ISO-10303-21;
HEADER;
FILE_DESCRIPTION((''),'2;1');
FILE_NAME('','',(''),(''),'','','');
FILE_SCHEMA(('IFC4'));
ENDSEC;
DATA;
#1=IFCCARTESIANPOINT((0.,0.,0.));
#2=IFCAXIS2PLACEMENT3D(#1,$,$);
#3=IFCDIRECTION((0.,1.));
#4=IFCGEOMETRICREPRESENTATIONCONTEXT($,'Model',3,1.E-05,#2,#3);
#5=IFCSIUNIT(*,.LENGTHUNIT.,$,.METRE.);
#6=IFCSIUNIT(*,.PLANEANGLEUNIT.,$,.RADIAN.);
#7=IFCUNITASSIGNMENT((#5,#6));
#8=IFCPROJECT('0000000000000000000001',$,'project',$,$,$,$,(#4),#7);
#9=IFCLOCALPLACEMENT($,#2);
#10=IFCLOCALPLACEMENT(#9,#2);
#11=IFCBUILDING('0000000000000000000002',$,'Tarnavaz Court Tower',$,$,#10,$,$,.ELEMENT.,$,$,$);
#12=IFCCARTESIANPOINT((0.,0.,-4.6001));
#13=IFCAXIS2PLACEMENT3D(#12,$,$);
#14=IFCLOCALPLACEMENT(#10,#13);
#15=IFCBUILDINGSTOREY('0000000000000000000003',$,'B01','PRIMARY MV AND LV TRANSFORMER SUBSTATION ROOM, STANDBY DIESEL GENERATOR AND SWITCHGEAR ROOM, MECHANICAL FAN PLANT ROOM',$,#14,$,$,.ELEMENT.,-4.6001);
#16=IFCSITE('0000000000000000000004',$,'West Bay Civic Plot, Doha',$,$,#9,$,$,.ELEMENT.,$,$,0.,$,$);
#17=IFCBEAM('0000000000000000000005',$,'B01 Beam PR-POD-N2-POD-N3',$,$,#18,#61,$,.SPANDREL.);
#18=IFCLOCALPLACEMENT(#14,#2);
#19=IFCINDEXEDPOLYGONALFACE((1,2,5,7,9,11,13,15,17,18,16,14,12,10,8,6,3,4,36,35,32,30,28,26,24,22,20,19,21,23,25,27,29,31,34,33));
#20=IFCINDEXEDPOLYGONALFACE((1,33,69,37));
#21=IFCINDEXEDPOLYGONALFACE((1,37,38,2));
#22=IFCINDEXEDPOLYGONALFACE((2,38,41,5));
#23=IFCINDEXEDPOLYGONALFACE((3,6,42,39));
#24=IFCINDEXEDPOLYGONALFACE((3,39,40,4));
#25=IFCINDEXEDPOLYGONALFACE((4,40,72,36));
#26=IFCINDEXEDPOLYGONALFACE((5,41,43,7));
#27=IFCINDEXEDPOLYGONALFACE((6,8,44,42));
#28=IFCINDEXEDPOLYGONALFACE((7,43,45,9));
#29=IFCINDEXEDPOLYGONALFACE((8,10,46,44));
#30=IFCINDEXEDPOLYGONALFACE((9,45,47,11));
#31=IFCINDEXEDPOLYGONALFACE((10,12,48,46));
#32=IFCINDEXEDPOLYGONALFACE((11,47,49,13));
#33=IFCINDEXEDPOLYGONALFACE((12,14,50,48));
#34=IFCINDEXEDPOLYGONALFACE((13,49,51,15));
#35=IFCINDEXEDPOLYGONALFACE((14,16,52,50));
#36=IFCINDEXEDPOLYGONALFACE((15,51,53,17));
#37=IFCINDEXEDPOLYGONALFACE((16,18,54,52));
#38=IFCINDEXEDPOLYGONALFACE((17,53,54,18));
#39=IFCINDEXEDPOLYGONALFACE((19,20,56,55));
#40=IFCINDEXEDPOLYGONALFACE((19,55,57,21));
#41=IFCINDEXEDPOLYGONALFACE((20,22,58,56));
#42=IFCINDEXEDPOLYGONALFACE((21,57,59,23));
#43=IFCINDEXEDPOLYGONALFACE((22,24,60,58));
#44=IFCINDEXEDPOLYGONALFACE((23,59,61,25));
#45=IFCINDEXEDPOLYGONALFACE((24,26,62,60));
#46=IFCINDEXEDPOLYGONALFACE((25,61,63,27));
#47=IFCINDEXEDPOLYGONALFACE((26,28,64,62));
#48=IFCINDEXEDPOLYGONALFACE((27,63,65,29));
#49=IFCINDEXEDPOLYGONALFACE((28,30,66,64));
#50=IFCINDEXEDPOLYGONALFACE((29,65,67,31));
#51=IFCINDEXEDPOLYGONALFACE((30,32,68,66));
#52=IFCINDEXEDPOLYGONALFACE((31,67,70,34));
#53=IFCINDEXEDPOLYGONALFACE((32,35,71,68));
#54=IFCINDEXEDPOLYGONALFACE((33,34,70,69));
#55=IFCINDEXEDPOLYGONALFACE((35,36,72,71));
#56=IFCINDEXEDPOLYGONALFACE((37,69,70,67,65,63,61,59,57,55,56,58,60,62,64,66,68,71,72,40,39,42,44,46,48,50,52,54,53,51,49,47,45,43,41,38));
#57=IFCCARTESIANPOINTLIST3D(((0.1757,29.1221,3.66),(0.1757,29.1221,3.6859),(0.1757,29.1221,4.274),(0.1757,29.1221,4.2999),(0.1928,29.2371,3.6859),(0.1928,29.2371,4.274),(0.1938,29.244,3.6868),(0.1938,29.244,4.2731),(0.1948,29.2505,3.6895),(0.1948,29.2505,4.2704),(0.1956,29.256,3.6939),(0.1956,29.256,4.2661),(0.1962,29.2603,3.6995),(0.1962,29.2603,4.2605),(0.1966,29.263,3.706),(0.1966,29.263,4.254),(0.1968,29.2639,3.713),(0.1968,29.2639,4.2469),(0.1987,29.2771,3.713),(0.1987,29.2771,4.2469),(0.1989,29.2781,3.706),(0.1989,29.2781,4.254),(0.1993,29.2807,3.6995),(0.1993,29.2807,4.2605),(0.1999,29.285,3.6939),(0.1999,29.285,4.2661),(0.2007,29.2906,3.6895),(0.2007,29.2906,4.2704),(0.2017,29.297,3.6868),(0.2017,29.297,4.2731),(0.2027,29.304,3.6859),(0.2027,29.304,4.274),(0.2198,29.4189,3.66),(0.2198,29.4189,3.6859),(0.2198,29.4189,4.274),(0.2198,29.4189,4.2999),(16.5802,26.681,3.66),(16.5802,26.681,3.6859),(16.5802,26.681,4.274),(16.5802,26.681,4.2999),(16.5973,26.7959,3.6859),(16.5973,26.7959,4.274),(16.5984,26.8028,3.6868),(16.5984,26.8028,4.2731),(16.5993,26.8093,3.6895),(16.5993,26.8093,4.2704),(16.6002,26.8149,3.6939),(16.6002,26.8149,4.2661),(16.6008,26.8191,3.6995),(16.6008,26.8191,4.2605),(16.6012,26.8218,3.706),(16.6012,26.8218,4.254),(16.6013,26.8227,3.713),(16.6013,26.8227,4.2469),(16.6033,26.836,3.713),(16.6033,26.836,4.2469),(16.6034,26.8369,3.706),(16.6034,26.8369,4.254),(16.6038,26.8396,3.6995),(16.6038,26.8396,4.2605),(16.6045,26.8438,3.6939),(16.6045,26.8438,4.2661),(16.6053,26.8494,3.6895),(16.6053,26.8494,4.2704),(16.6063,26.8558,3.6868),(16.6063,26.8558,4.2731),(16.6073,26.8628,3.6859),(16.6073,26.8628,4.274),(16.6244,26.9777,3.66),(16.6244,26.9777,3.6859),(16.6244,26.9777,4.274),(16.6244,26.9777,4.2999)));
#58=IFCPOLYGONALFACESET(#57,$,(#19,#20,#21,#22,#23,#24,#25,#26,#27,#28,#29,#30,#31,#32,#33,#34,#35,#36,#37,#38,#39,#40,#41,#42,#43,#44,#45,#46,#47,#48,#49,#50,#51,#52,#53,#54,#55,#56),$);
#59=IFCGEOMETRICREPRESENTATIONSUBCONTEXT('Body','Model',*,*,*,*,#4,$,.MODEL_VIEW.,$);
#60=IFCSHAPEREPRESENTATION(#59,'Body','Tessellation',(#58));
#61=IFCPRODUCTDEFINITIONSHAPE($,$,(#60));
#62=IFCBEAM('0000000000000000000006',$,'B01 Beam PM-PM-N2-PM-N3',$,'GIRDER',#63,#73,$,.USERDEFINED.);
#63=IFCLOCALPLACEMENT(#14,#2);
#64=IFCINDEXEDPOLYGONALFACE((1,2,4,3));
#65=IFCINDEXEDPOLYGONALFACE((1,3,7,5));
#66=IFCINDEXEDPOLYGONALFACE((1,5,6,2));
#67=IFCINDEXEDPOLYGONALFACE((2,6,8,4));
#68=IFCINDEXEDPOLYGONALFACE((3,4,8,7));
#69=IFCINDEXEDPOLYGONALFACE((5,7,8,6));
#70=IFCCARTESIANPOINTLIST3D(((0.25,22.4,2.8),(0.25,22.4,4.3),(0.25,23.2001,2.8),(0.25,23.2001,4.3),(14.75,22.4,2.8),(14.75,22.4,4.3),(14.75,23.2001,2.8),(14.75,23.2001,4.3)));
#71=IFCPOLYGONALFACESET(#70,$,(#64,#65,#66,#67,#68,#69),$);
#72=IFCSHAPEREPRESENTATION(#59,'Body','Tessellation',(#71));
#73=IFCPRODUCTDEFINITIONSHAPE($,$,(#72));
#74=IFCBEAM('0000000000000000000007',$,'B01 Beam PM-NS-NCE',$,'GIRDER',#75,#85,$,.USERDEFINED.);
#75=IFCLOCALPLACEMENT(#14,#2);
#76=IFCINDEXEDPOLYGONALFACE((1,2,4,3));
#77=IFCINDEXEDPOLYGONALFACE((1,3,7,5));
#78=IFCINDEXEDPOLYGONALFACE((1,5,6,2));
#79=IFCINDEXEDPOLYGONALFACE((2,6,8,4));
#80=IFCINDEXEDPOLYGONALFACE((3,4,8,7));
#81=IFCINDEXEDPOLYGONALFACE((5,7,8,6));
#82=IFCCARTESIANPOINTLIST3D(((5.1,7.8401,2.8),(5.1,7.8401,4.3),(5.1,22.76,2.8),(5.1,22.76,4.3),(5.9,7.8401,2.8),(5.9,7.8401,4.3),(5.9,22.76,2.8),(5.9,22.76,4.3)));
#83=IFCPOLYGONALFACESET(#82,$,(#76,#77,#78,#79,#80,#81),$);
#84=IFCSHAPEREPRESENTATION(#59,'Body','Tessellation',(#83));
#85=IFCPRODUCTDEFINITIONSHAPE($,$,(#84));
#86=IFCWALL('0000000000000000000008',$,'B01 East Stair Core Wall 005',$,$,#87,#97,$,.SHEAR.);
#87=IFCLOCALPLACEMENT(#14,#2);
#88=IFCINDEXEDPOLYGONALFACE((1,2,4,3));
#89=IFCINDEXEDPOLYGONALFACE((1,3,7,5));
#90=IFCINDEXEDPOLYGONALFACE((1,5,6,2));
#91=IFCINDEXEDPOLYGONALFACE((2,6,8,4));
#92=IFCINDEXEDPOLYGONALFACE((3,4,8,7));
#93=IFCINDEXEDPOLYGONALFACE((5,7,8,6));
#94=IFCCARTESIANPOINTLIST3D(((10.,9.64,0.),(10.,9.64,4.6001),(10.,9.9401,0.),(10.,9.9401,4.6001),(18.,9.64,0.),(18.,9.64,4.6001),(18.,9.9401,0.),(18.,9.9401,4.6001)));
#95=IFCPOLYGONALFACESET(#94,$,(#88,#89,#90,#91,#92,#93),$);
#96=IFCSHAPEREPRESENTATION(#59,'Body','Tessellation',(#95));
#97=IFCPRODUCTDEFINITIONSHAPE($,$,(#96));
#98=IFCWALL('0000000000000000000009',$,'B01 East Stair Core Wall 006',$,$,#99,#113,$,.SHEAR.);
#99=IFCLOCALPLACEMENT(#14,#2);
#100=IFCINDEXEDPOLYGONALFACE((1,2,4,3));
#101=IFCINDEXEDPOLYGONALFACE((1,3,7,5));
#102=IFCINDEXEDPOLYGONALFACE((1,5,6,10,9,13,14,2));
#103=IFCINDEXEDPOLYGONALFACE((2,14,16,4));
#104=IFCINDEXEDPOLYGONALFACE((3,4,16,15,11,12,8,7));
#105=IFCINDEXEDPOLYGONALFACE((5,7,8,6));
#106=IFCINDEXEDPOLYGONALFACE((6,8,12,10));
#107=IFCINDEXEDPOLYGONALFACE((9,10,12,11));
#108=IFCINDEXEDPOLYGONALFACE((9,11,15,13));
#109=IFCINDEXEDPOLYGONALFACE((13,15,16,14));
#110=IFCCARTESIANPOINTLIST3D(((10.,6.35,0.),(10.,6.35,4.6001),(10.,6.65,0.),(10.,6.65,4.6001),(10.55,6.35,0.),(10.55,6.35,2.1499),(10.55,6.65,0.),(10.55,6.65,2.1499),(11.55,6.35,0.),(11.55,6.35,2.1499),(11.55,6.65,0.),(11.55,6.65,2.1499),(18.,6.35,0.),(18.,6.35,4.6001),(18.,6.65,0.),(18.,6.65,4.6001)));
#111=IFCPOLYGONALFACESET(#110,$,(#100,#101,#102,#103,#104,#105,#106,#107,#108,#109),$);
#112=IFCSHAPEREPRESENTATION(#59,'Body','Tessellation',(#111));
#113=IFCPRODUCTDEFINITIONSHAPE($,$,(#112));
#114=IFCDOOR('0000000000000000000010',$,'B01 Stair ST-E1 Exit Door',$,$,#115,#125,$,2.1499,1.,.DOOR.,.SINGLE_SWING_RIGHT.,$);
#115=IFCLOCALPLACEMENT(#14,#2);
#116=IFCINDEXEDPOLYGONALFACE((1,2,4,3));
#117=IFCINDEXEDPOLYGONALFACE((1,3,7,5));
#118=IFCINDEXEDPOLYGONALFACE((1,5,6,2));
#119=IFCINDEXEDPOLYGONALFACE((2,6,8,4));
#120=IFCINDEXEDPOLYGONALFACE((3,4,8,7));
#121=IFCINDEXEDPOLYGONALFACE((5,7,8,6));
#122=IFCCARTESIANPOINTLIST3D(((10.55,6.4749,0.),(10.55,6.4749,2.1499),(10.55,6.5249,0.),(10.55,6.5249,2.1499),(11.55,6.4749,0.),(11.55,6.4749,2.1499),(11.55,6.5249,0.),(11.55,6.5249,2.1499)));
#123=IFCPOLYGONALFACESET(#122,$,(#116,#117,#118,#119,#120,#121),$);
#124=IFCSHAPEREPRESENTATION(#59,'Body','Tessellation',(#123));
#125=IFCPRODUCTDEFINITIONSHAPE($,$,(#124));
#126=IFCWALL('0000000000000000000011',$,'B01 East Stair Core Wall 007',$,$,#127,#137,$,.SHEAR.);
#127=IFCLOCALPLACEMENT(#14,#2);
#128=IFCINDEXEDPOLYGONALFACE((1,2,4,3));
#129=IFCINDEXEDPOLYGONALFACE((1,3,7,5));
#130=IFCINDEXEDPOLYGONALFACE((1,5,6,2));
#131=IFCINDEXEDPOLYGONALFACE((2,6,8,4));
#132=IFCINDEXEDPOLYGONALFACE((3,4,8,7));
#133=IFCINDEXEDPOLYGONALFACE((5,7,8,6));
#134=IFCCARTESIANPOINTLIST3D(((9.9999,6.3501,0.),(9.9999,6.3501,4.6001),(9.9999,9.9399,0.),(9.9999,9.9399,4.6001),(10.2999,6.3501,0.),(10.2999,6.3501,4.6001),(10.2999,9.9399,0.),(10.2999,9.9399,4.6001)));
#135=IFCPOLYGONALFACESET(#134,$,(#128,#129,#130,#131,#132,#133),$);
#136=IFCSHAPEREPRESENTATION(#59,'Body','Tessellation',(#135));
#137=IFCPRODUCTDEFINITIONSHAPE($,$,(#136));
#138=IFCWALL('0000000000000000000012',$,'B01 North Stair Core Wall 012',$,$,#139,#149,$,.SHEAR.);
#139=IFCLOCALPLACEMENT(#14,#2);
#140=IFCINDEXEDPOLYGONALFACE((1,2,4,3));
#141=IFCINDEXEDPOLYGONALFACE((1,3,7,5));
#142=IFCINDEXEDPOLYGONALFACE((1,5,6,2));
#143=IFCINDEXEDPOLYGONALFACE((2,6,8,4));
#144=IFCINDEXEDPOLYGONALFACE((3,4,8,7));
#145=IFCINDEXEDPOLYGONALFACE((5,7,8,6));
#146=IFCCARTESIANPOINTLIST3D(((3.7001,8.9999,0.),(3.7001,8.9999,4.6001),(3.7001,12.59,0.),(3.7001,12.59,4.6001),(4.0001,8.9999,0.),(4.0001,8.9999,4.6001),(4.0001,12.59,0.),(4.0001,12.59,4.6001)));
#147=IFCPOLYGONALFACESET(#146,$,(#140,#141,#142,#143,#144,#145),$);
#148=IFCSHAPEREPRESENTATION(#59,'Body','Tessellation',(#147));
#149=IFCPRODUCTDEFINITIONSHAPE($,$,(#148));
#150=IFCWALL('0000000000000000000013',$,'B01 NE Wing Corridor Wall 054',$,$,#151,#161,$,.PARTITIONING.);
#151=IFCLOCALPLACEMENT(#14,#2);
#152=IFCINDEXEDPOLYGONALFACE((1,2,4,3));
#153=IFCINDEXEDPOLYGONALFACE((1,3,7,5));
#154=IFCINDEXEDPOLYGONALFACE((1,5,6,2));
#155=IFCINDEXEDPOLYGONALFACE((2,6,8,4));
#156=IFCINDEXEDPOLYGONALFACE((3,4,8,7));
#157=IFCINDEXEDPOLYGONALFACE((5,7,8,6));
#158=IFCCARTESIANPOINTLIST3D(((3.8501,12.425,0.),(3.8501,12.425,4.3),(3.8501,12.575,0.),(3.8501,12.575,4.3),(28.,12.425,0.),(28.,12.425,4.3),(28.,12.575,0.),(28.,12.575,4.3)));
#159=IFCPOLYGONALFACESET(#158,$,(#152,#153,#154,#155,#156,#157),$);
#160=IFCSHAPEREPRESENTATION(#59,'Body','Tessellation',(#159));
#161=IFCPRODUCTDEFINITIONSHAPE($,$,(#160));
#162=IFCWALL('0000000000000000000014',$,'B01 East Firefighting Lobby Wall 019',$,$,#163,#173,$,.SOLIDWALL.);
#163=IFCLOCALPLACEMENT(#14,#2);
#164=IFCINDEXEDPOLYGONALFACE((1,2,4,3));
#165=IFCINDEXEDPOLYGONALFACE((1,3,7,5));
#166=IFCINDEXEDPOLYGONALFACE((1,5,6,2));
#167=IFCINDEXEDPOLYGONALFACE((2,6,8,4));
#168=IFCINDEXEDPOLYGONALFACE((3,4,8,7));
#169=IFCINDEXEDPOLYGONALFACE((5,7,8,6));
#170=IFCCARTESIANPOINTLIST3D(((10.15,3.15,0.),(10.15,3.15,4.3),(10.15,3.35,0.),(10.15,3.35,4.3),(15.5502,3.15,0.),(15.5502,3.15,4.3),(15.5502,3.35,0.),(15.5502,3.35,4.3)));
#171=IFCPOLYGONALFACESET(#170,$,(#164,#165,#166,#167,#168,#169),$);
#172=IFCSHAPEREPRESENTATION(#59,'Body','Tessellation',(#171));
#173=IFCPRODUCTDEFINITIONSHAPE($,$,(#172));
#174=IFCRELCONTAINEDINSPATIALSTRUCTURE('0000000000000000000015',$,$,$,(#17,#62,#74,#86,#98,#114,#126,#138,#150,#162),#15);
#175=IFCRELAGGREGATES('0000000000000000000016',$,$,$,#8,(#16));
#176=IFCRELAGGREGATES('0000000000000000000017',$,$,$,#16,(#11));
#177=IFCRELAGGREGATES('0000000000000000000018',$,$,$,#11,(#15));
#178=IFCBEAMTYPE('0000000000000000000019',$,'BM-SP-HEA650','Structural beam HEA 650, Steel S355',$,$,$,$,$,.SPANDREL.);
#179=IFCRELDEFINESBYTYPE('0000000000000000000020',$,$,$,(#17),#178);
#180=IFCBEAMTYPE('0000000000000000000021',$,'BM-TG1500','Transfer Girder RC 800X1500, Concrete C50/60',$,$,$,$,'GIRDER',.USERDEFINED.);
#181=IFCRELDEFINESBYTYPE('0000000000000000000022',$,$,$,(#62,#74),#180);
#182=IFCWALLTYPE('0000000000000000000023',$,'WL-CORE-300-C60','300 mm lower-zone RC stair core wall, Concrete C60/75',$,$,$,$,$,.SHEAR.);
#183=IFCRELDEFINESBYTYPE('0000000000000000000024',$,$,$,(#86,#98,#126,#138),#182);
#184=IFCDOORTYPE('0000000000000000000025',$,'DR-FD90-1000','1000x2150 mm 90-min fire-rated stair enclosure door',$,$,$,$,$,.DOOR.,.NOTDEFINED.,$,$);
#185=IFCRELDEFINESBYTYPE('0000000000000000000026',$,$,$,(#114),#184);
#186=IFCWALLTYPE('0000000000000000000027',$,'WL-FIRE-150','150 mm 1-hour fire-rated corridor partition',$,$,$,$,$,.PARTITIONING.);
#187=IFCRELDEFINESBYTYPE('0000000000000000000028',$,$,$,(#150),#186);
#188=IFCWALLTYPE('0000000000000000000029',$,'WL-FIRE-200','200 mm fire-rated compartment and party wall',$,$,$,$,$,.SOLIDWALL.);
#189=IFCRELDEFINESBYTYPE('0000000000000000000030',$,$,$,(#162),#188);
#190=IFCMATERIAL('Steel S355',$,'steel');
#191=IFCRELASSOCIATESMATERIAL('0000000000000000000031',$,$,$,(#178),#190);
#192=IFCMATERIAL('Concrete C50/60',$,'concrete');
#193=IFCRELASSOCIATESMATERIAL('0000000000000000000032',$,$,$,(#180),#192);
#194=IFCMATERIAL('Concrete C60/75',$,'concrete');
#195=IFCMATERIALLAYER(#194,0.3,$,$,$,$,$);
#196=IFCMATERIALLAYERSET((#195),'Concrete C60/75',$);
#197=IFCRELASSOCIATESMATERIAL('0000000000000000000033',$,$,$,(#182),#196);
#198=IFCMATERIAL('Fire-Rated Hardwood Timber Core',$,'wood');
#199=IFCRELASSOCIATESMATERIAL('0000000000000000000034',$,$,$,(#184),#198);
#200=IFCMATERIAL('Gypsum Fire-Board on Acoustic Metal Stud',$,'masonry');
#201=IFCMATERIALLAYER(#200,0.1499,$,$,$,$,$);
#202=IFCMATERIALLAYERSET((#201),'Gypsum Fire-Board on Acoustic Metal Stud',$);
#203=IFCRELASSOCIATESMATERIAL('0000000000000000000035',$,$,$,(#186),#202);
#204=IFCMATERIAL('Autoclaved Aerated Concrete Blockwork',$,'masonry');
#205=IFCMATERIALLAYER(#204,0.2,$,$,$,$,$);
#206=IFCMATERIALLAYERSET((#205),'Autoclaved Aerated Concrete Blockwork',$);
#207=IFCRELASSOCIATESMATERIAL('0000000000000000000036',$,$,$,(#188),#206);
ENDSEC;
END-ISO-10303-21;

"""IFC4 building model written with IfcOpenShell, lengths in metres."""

from ifc_helpers import new_model, si_unit, direction, frame, frame_2d, origin, origin_2d, place, context, subcontext, project, spatial, rectangle, i_section, extrude, material, layer, layer_set, material_profile, profile_set, type_object, element, fill, save


model = new_model("IFC4")

# Units and contexts
model_context = context("Model", 3, precision=1e-05, world=origin(), true_north=direction((0.0, 1.0)))
body_context = subcontext(model_context, "Body", "Model", "MODEL_VIEW")
ifc_project = project(units=[si_unit("LENGTHUNIT", "METRE"), si_unit("PLANEANGLEUNIT", "RADIAN")], contexts=[model_context])

# Site, building, storey
site_placement = place(None, origin())
site = spatial("IfcSite", under=ifc_project, at=site_placement, Name="West Bay Civic Plot, Doha", CompositionType="ELEMENT", RefElevation=0.0)
building_placement = place(site_placement, origin())
building = spatial("IfcBuilding", under=site, at=building_placement, Name="Tarnavaz Court Tower", CompositionType="ELEMENT")
storey_placement = place(building_placement, frame((0.0, 0.0, -4.6001)))
storey = spatial("IfcBuildingStorey", under=building, at=storey_placement, Name="B01", Description="PRIMARY MV AND LV TRANSFORMER SUBSTATION ROOM, STANDBY DIESEL GENERATOR AND SWITCHGEAR ROOM, MECHANICAL FAN PLANT ROOM", CompositionType="ELEMENT", Elevation=-4.6001)

# Shared definitions
ifc_material_1 = material(Name="Concrete C60/75", Category="concrete")
ifc_material_2 = material(Name="Concrete C50/60", Category="concrete")

# Beams
ifc_material_3 = material(Name="Steel S355", Category="steel")
ifc_material_profile_1 = material_profile(ifc_material_3, i_section(OverallWidth=0.3, OverallDepth=0.6399, WebThickness=0.0134, FlangeThickness=0.0259, FilletRadius=0.0271, at=origin_2d()), Name="HEA 650")
ifc_profile_set_1 = profile_set([ifc_material_profile_1], Name="Steel S355")
beam_type_1 = type_object("IfcBeamType", Name="BM-SP-HEA650", Description="Structural beam HEA 650, Steel S355", PredefinedType="SPANDREL", material=ifc_profile_set_1)
beam_1_placement = place(storey_placement, frame((0.1978, 29.2705, 3.98), z_axis=(0.989108, -0.147189, 0.0), x_axis=(0.147189, 0.989108, 0.0)))
element("IfcBeam", 1, at=beam_1_placement, inside=storey, type_object=beam_type_1, Name="B01 Beam PR-POD-N2-POD-N3", PredefinedType="SPANDREL", context=body_context, shape_type="SweptSolid", body=[
    extrude(i_section(OverallWidth=0.3, OverallDepth=0.6399, WebThickness=0.0134, FlangeThickness=0.0259, FilletRadius=0.0271, at=origin_2d()), origin(), (0.0, 0.0, 1.0), 16.5852),
])
ifc_material_profile_2 = material_profile(ifc_material_2, rectangle(XDim=0.8, YDim=1.5, at=origin_2d()), Name="RC 800X1500")
ifc_profile_set_2 = profile_set([ifc_material_profile_2], Name="Concrete C50/60")
beam_type_2 = type_object("IfcBeamType", Name="BM-TG1500", Description="Transfer Girder RC 800X1500, Concrete C50/60", ElementType="GIRDER", PredefinedType="USERDEFINED", material=ifc_profile_set_2)
beam_2_placement = place(storey_placement, frame((0.25, 22.8, 3.55), z_axis=(1.0, 0.0, 0.0), x_axis=(0.0, 1.0, 0.0)))
element("IfcBeam", 2, at=beam_2_placement, inside=storey, type_object=beam_type_2, Name="B01 Beam PM-PM-N2-PM-N3", ObjectType="GIRDER", PredefinedType="USERDEFINED", context=body_context, shape_type="SweptSolid", body=[
    extrude(rectangle(XDim=0.8, YDim=1.5, at=origin_2d()), origin(), (0.0, 0.0, 1.0), 14.5),
])
beam_3_placement = place(storey_placement, frame((5.5, 7.8401, 3.55), z_axis=(0.0, 1.0, 0.0), x_axis=(-1.0, 0.0, 0.0)))
element("IfcBeam", 3, at=beam_3_placement, inside=storey, type_object=beam_type_2, Name="B01 Beam PM-NS-NCE", ObjectType="GIRDER", PredefinedType="USERDEFINED", context=body_context, shape_type="SweptSolid", body=[
    extrude(rectangle(XDim=0.8, YDim=1.5, at=origin_2d()), origin(), (0.0, 0.0, 1.0), 14.9199),
])

# Wall
ifc_layer_1 = layer(ifc_material_1, 0.3)
ifc_layer_set_1 = layer_set([ifc_layer_1], Name="Concrete C60/75")
wall_type_1 = type_object("IfcWallType", Name="WL-CORE-300-C60", Description="300 mm lower-zone RC stair core wall, Concrete C60/75", PredefinedType="SHEAR", material=ifc_layer_set_1)
wall_1_placement = place(storey_placement, frame((10.0, 9.79, 0.0), z_axis=(0.0, 0.0, 1.0), x_axis=(1.0, 0.0, 0.0)))
element("IfcWall", 4, at=wall_1_placement, inside=storey, type_object=wall_type_1, Name="B01 East Stair Core Wall 005", PredefinedType="SHEAR", context=body_context, shape_type="SweptSolid", body=[
    extrude(rectangle(XDim=8.0, YDim=0.3, at=frame_2d((4.0, 0.0))), origin(), (0.0, 0.0, 1.0), 4.6001),
])

# Wall, opening, door
wall_2_placement = place(storey_placement, frame((10.0, 6.5, 0.0), z_axis=(0.0, 0.0, 1.0), x_axis=(1.0, 0.0, 0.0)))
wall_2 = element("IfcWall", 5, at=wall_2_placement, inside=storey, type_object=wall_type_1, Name="B01 East Stair Core Wall 006", PredefinedType="SHEAR", context=body_context, shape_type="SweptSolid", body=[
    extrude(rectangle(XDim=8.0, YDim=0.3, at=frame_2d((4.0, 0.0))), origin(), (0.0, 0.0, 1.0), 4.6001),
])
opening_1_placement = place(wall_2_placement, frame((0.55, 0.0, 0.0)))
opening_1 = element("IfcOpeningElement", 6, at=opening_1_placement, cuts=wall_2, PredefinedType="OPENING", context=body_context, shape_type="SweptSolid", body=[
    extrude(rectangle(XDim=1.0, YDim=2.1499, at=frame_2d((0.5, 1.075))), frame((0.0, 0.1599, 0.0), z_axis=(0.0, -1.0, 0.0), x_axis=(1.0, 0.0, 0.0)), (0.0, 0.0, 1.0), 0.3201),
])
ifc_material_4 = material(Name="Fire-Rated Hardwood Timber Core", Category="wood")
door_type_1 = type_object("IfcDoorType", Name="DR-FD90-1000", Description="1000x2150 mm 90-min fire-rated stair enclosure door", OperationType="NOTDEFINED", PredefinedType="DOOR", material=ifc_material_4)
door_1_placement = place(opening_1_placement, origin())
door_1 = element("IfcDoor", 7, at=door_1_placement, inside=storey, type_object=door_type_1, Name="B01 Stair ST-E1 Exit Door", OperationType="SINGLE_SWING_RIGHT", OverallHeight=2.1499, OverallWidth=1.0, PredefinedType="DOOR", context=body_context, shape_type="SweptSolid", body=[
    extrude(rectangle(XDim=1.0, YDim=2.1499, at=frame_2d((0.5, 1.075))), frame((0.0, 0.0249, 0.0), z_axis=(0.0, -1.0, 0.0), x_axis=(1.0, 0.0, 0.0)), (0.0, 0.0, 1.0), 0.05),
])
fill(opening_1, door_1)

# Walls
wall_3_placement = place(storey_placement, frame((10.1499, 6.3501, 0.0), z_axis=(0.0, 0.0, 1.0), x_axis=(0.0, 1.0, 0.0)))
element("IfcWall", 8, at=wall_3_placement, inside=storey, type_object=wall_type_1, Name="B01 East Stair Core Wall 007", PredefinedType="SHEAR", context=body_context, shape_type="SweptSolid", body=[
    extrude(rectangle(XDim=3.5898, YDim=0.3, at=frame_2d((1.7949, 0.0))), origin(), (0.0, 0.0, 1.0), 4.6001),
])
wall_4_placement = place(storey_placement, frame((3.8501, 9.0, 0.0), z_axis=(0.0, 0.0, 1.0), x_axis=(0.0, 1.0, 0.0)))
element("IfcWall", 9, at=wall_4_placement, inside=storey, type_object=wall_type_1, Name="B01 North Stair Core Wall 012", PredefinedType="SHEAR", context=body_context, shape_type="SweptSolid", body=[
    extrude(rectangle(XDim=3.5901, YDim=0.3, at=frame_2d((1.7949, 0.0))), origin(), (0.0, 0.0, 1.0), 4.6001),
])
ifc_material_5 = material(Name="Gypsum Fire-Board on Acoustic Metal Stud", Category="masonry")
ifc_layer_2 = layer(ifc_material_5, 0.1499)
ifc_layer_set_2 = layer_set([ifc_layer_2], Name="Gypsum Fire-Board on Acoustic Metal Stud")
wall_type_2 = type_object("IfcWallType", Name="WL-FIRE-150", Description="150 mm 1-hour fire-rated corridor partition", PredefinedType="PARTITIONING", material=ifc_layer_set_2)
wall_5_placement = place(storey_placement, frame((3.8501, 12.5, 0.0), z_axis=(0.0, 0.0, 1.0), x_axis=(1.0, 0.0, 0.0)))
element("IfcWall", 10, at=wall_5_placement, inside=storey, type_object=wall_type_2, Name="B01 NE Wing Corridor Wall 054", PredefinedType="PARTITIONING", context=body_context, shape_type="SweptSolid", body=[
    extrude(rectangle(XDim=24.1499, YDim=0.1499, at=frame_2d((12.075, 0.0))), origin(), (0.0, 0.0, 1.0), 4.3),
])
ifc_material_6 = material(Name="Autoclaved Aerated Concrete Blockwork", Category="masonry")
ifc_layer_3 = layer(ifc_material_6, 0.2)
ifc_layer_set_3 = layer_set([ifc_layer_3], Name="Autoclaved Aerated Concrete Blockwork")
wall_type_3 = type_object("IfcWallType", Name="WL-FIRE-200", Description="200 mm fire-rated compartment and party wall", PredefinedType="SOLIDWALL", material=ifc_layer_set_3)
wall_6_placement = place(storey_placement, frame((10.1499, 3.25, 0.0), z_axis=(0.0, 0.0, 1.0), x_axis=(1.0, 0.0, 0.0)))
element("IfcWall", 11, at=wall_6_placement, inside=storey, type_object=wall_type_3, Name="B01 East Firefighting Lobby Wall 019", PredefinedType="SOLIDWALL", context=body_context, shape_type="SweptSolid", body=[
    extrude(rectangle(XDim=5.4001, YDim=0.2, at=frame_2d((2.7002, 0.0))), origin(), (0.0, 0.0, 1.0), 4.3),
])

save(model, "model.ifc")
